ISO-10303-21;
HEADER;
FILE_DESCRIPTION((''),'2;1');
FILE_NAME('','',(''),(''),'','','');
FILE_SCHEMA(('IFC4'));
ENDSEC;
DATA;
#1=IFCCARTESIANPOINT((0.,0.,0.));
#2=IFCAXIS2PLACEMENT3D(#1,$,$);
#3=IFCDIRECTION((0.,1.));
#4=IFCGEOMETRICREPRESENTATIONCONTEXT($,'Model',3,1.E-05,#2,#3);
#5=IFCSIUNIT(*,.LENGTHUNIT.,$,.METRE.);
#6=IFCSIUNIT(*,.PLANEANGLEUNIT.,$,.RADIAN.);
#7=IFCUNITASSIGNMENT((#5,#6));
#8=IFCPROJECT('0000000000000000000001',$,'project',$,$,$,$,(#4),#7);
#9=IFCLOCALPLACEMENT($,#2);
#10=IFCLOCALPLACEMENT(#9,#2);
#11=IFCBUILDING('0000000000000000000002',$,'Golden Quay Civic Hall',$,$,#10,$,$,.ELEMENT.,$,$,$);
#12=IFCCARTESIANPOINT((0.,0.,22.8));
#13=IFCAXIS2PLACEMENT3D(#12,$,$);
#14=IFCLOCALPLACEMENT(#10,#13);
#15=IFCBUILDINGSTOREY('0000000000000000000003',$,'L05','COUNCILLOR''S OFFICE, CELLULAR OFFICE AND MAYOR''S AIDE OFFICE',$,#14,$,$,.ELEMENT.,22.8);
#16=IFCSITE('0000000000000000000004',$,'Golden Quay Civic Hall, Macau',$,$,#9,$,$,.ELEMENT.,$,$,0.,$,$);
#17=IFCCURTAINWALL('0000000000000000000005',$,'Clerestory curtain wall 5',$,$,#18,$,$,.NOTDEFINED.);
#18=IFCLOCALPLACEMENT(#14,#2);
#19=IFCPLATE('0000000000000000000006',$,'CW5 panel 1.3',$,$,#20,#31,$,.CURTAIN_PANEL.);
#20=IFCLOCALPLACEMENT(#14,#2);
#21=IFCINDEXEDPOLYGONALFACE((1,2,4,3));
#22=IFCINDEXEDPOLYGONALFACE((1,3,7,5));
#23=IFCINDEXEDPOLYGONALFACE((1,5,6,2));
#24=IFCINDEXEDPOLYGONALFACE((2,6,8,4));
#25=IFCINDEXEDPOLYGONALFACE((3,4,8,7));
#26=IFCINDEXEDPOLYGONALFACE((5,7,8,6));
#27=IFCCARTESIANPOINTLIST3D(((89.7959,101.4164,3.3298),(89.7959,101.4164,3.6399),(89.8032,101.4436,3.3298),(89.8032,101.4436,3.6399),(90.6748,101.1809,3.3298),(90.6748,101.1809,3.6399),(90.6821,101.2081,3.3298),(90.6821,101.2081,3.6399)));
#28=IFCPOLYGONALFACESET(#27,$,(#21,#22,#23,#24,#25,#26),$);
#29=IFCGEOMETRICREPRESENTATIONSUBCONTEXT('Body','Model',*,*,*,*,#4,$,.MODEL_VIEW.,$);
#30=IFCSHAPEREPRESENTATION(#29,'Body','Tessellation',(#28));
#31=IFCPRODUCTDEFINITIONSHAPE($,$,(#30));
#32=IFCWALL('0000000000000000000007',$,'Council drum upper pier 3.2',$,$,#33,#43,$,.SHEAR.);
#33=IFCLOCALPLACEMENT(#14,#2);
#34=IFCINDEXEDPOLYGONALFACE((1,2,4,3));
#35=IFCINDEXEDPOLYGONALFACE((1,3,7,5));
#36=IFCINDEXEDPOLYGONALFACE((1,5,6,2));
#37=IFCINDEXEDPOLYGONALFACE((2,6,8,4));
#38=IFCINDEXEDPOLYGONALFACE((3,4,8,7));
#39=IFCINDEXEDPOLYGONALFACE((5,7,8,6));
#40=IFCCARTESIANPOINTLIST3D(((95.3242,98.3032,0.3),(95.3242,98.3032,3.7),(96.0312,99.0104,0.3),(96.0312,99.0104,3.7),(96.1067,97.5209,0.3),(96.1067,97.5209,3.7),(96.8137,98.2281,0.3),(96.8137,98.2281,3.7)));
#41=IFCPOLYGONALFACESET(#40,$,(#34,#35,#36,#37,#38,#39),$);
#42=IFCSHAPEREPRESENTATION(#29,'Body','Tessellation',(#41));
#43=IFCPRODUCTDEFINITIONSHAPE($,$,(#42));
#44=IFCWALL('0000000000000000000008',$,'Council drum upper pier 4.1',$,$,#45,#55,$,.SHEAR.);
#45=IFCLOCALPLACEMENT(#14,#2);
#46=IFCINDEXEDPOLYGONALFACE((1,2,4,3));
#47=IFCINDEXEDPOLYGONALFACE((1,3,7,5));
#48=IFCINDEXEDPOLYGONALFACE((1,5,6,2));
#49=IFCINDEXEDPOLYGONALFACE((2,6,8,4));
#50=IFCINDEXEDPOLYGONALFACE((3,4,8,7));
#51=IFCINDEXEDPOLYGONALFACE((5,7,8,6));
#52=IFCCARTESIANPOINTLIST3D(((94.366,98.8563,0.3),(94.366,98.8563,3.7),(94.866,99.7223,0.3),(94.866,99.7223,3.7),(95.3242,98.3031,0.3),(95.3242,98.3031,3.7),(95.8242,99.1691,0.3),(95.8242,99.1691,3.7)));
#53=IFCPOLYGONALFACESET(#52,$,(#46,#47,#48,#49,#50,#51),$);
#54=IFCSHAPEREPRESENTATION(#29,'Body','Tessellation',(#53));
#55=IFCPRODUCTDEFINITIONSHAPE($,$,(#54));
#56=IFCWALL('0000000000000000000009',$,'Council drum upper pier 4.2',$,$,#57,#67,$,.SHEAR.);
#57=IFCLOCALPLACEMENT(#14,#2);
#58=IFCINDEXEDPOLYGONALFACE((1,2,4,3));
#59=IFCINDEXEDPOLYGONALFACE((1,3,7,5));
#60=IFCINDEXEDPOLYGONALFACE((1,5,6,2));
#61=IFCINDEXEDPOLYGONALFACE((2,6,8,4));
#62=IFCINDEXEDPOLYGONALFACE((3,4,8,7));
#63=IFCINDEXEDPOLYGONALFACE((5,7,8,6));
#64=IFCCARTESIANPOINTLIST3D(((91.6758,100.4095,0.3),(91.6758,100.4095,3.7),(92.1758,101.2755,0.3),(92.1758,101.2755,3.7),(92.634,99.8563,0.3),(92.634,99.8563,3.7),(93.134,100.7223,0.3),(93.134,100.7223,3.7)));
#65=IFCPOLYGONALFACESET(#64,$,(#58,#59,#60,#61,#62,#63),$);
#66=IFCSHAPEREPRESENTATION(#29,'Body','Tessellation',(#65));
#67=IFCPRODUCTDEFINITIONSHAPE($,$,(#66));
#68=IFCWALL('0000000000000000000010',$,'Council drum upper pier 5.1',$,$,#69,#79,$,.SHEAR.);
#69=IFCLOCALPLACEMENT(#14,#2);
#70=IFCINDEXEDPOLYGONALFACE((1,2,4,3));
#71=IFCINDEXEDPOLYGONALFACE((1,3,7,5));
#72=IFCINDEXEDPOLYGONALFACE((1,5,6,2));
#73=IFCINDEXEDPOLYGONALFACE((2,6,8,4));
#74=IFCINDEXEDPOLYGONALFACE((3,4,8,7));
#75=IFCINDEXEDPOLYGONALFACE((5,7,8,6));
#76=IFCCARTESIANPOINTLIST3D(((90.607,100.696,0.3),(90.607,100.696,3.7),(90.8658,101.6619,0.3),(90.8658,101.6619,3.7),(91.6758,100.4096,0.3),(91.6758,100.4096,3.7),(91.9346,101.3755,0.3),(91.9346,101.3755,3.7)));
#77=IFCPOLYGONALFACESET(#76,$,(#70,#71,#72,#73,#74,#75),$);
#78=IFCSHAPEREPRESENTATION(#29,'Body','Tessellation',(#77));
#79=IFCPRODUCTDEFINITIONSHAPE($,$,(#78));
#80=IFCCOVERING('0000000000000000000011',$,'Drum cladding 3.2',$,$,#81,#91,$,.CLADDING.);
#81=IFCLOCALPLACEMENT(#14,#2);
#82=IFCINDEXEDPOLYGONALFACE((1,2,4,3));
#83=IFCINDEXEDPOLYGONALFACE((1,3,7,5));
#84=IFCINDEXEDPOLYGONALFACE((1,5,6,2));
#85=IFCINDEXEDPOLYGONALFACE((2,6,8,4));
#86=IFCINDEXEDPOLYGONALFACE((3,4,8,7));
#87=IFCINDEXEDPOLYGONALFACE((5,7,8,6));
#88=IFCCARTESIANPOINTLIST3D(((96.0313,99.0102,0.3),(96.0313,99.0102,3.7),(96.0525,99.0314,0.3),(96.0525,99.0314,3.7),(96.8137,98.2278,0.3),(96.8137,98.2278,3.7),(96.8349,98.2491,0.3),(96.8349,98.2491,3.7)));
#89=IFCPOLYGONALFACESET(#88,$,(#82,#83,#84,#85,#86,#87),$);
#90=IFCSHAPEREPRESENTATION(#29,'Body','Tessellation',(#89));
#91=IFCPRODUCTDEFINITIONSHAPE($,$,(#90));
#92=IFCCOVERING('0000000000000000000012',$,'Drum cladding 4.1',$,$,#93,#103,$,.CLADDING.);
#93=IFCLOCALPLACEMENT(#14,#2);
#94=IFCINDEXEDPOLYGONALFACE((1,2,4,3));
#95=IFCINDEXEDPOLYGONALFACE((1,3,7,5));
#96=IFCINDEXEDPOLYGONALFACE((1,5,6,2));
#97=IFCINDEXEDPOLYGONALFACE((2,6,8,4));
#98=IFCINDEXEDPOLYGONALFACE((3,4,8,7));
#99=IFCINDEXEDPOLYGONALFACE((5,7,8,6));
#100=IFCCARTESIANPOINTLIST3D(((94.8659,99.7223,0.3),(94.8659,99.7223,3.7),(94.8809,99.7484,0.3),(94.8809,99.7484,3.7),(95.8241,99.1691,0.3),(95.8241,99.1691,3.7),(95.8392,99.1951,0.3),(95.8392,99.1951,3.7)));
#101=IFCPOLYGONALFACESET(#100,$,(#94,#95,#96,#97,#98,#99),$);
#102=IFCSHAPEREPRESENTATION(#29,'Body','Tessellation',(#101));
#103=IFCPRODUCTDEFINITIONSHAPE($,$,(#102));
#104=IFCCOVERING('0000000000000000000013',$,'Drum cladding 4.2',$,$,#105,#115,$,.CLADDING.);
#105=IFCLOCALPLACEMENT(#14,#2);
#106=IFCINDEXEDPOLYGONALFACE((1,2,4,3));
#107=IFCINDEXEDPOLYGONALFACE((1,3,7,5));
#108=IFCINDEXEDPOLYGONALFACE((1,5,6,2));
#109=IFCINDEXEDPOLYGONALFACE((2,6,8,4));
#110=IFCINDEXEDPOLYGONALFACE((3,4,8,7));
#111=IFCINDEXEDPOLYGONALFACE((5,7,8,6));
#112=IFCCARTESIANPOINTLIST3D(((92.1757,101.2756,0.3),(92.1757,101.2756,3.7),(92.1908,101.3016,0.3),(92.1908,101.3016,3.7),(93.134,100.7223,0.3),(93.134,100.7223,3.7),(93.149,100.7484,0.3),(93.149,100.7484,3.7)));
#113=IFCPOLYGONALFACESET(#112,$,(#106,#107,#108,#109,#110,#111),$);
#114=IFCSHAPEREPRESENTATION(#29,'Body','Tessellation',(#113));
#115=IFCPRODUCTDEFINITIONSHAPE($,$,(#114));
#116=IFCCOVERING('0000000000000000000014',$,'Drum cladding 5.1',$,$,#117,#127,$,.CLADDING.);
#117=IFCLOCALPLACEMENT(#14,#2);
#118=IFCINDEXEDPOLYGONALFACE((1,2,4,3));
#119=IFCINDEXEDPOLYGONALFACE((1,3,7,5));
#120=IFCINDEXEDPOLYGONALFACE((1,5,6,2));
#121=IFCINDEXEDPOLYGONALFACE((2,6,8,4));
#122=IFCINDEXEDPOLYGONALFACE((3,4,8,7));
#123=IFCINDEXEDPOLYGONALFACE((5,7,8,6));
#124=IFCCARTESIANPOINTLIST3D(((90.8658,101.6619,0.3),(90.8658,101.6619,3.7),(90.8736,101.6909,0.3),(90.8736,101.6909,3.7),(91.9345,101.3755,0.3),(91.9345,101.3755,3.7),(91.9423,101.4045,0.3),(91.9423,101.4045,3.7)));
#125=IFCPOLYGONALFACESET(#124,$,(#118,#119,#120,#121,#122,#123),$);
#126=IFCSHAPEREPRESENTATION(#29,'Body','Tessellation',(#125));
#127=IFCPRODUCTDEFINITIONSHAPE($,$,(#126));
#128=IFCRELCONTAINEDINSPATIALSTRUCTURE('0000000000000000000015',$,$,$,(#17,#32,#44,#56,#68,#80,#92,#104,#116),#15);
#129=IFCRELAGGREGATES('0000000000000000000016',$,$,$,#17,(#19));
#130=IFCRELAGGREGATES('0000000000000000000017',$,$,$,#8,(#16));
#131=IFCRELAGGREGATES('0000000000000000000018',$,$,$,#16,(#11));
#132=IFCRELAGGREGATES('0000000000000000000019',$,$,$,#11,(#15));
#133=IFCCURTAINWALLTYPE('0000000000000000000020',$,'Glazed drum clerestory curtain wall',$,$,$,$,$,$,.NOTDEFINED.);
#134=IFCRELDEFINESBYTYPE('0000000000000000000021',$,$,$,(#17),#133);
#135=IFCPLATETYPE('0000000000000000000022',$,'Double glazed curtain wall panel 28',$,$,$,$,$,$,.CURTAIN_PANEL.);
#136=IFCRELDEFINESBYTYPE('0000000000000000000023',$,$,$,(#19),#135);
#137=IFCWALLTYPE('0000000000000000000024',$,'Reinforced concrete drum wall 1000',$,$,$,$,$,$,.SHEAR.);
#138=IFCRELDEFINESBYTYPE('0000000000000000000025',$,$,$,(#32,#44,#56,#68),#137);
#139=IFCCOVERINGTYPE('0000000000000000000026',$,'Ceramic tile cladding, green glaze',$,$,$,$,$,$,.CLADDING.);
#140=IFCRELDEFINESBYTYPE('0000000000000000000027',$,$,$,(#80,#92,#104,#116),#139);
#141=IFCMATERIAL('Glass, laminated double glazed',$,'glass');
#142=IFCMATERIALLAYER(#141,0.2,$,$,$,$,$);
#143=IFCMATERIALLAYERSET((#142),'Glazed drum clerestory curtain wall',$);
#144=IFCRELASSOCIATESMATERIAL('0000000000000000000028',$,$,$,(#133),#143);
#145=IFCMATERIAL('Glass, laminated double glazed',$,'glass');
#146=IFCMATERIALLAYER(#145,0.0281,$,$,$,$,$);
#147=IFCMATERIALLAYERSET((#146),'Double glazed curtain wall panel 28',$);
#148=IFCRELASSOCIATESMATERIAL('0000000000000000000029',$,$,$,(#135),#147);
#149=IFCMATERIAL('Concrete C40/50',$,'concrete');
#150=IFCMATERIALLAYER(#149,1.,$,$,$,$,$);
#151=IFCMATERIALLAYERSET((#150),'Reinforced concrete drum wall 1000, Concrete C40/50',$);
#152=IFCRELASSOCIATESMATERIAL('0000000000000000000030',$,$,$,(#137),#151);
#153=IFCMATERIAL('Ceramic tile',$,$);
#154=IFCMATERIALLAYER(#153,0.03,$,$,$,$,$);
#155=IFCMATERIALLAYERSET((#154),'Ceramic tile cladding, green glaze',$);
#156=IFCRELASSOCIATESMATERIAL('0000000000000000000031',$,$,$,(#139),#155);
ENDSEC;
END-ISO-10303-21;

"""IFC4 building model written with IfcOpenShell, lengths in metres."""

from ifc_helpers import new_model, si_unit, direction, frame, frame_2d, origin, origin_2d, place, context, subcontext, project, spatial, rectangle, extrude, material, layer, layer_set, type_object, element, aggregate, save


model = new_model("IFC4")

# Units and contexts
model_context = context("Model", 3, precision=1e-05, world=origin(), true_north=direction((0.0, 1.0)))
body_context = subcontext(model_context, "Body", "Model", "MODEL_VIEW")
ifc_project = project(units=[si_unit("LENGTHUNIT", "METRE"), si_unit("PLANEANGLEUNIT", "RADIAN")], contexts=[model_context])

# Site, building, storey
site_placement = place(None, origin())
site = spatial("IfcSite", under=ifc_project, at=site_placement, Name="Golden Quay Civic Hall, Macau", CompositionType="ELEMENT", RefElevation=0.0)
building_placement = place(site_placement, origin())
building = spatial("IfcBuilding", under=site, at=building_placement, Name="Golden Quay Civic Hall", CompositionType="ELEMENT")
storey_placement = place(building_placement, frame((0.0, 0.0, 22.8)))
storey = spatial("IfcBuildingStorey", under=building, at=storey_placement, Name="L05", Description="COUNCILLOR'S OFFICE, CELLULAR OFFICE AND MAYOR'S AIDE OFFICE", CompositionType="ELEMENT", Elevation=22.8)

# Shared definitions
ifc_material_1 = material(Name="Glass, laminated double glazed", Category="glass")
ifc_layer_1 = layer(ifc_material_1, 0.2)
ifc_layer_set_1 = layer_set([ifc_layer_1], Name="Glazed drum clerestory curtain wall")
curtain_wall_type = type_object("IfcCurtainWallType", Name="Glazed drum clerestory curtain wall", PredefinedType="NOTDEFINED", material=ifc_layer_set_1)

# Curtain wall
curtain_wall_1_placement = place(storey_placement, origin())
curtain_wall_1 = element("IfcCurtainWall", 1, at=curtain_wall_1_placement, inside=storey, type_object=curtain_wall_type, Name="Clerestory curtain wall 5", PredefinedType="NOTDEFINED")

# Plate
ifc_material_2 = material(Name="Glass, laminated double glazed", Category="glass")
ifc_layer_2 = layer(ifc_material_2, 0.0281)
ifc_layer_set_2 = layer_set([ifc_layer_2], Name="Double glazed curtain wall panel 28")
plate_type = type_object("IfcPlateType", Name="Double glazed curtain wall panel 28", PredefinedType="CURTAIN_PANEL", material=ifc_layer_set_2)
plate_1_placement = place(storey_placement, frame((90.239, 101.3123, 3.3298), z_axis=(0.0, 0.0, 1.0), x_axis=(-0.965929, 0.258808, 0.0)))
plate_1 = element("IfcPlate", 2, at=plate_1_placement, type_object=plate_type, Name="CW5 panel 1.3", PredefinedType="CURTAIN_PANEL", context=body_context, shape_type="SweptSolid", body=[
    extrude(rectangle(XDim=0.9099, YDim=0.0281, at=origin_2d()), origin(), (0.0, 0.0, 1.0), 0.3101),
])
aggregate(curtain_wall_1, [plate_1])

# Walls
ifc_material_3 = material(Name="Concrete C40/50", Category="concrete")
ifc_layer_3 = layer(ifc_material_3, 1.0)
ifc_layer_set_3 = layer_set([ifc_layer_3], Name="Reinforced concrete drum wall 1000, Concrete C40/50")
wall_type = type_object("IfcWallType", Name="Reinforced concrete drum wall 1000", PredefinedType="SHEAR", material=ifc_layer_set_3)
for number, where, z_axis, x_axis, name in (
    (3, (96.4602, 97.8745, 0.3), (0.0, 0.0, 1.0), (-0.707217, 0.706996, 0.0), "Council drum upper pier 3.2"),
    (4, (95.5742, 98.7361, 0.3), (0.0, 0.0, 1.0), (-0.866035, 0.499983, 0.0), "Council drum upper pier 4.1"),
    (5, (92.884, 100.2893, 0.3), (0.0, 0.0, 1.0), (-0.866035, 0.499983, 0.0), "Council drum upper pier 4.2"),
    (6, (91.8052, 100.8926, 0.3), (0.0, 0.0, 1.0), (-0.96593, 0.258802, 0.0), "Council drum upper pier 5.1"),
):
    element("IfcWall", number, at=place(storey_placement, frame(where, z_axis=z_axis, x_axis=x_axis)), inside=storey, type_object=wall_type, Name=name, PredefinedType="SHEAR", context=body_context, shape_type="SweptSolid", body=[
        extrude(rectangle(XDim=1.1064, YDim=1.0, at=frame_2d((0.5532, 0.0))), origin(), (0.0, 0.0, 1.0), 3.3999),
    ])

# Coverings
ifc_material_4 = material(Name="Ceramic tile")
ifc_layer_4 = layer(ifc_material_4, 0.03)
ifc_layer_set_4 = layer_set([ifc_layer_4], Name="Ceramic tile cladding, green glaze")
covering_type = type_object("IfcCoveringType", Name="Ceramic tile cladding, green glaze", PredefinedType="CLADDING", material=ifc_layer_set_4)
for number, where, z_axis, x_axis, name in (
    (7, (96.4331, 98.6296, 0.3), (0.0, 0.0, 1.0), (-0.707107, 0.707107, 0.0), "Drum cladding 3.2"),
    (8, (95.3525, 99.4587, 0.3), (0.0, 0.0, 1.0), (-0.866025, 0.5, 0.0), "Drum cladding 4.1"),
    (9, (92.6624, 101.012, 0.3), (0.0, 0.0, 1.0), (-0.866025, 0.5, 0.0), "Drum cladding 4.2"),
    (10, (91.4041, 101.5332, 0.3), (0.0, 0.0, 1.0), (-0.965926, 0.258819, 0.0), "Drum cladding 5.1"),
):
    element("IfcCovering", number, at=place(storey_placement, frame(where, z_axis=z_axis, x_axis=x_axis)), inside=storey, type_object=covering_type, Name=name, PredefinedType="CLADDING", context=body_context, shape_type="SweptSolid", body=[
        extrude(rectangle(XDim=1.1064, YDim=0.03, at=origin_2d()), origin(), (0.0, 0.0, 1.0), 3.3999),
    ])

save(model, "model.ifc")
